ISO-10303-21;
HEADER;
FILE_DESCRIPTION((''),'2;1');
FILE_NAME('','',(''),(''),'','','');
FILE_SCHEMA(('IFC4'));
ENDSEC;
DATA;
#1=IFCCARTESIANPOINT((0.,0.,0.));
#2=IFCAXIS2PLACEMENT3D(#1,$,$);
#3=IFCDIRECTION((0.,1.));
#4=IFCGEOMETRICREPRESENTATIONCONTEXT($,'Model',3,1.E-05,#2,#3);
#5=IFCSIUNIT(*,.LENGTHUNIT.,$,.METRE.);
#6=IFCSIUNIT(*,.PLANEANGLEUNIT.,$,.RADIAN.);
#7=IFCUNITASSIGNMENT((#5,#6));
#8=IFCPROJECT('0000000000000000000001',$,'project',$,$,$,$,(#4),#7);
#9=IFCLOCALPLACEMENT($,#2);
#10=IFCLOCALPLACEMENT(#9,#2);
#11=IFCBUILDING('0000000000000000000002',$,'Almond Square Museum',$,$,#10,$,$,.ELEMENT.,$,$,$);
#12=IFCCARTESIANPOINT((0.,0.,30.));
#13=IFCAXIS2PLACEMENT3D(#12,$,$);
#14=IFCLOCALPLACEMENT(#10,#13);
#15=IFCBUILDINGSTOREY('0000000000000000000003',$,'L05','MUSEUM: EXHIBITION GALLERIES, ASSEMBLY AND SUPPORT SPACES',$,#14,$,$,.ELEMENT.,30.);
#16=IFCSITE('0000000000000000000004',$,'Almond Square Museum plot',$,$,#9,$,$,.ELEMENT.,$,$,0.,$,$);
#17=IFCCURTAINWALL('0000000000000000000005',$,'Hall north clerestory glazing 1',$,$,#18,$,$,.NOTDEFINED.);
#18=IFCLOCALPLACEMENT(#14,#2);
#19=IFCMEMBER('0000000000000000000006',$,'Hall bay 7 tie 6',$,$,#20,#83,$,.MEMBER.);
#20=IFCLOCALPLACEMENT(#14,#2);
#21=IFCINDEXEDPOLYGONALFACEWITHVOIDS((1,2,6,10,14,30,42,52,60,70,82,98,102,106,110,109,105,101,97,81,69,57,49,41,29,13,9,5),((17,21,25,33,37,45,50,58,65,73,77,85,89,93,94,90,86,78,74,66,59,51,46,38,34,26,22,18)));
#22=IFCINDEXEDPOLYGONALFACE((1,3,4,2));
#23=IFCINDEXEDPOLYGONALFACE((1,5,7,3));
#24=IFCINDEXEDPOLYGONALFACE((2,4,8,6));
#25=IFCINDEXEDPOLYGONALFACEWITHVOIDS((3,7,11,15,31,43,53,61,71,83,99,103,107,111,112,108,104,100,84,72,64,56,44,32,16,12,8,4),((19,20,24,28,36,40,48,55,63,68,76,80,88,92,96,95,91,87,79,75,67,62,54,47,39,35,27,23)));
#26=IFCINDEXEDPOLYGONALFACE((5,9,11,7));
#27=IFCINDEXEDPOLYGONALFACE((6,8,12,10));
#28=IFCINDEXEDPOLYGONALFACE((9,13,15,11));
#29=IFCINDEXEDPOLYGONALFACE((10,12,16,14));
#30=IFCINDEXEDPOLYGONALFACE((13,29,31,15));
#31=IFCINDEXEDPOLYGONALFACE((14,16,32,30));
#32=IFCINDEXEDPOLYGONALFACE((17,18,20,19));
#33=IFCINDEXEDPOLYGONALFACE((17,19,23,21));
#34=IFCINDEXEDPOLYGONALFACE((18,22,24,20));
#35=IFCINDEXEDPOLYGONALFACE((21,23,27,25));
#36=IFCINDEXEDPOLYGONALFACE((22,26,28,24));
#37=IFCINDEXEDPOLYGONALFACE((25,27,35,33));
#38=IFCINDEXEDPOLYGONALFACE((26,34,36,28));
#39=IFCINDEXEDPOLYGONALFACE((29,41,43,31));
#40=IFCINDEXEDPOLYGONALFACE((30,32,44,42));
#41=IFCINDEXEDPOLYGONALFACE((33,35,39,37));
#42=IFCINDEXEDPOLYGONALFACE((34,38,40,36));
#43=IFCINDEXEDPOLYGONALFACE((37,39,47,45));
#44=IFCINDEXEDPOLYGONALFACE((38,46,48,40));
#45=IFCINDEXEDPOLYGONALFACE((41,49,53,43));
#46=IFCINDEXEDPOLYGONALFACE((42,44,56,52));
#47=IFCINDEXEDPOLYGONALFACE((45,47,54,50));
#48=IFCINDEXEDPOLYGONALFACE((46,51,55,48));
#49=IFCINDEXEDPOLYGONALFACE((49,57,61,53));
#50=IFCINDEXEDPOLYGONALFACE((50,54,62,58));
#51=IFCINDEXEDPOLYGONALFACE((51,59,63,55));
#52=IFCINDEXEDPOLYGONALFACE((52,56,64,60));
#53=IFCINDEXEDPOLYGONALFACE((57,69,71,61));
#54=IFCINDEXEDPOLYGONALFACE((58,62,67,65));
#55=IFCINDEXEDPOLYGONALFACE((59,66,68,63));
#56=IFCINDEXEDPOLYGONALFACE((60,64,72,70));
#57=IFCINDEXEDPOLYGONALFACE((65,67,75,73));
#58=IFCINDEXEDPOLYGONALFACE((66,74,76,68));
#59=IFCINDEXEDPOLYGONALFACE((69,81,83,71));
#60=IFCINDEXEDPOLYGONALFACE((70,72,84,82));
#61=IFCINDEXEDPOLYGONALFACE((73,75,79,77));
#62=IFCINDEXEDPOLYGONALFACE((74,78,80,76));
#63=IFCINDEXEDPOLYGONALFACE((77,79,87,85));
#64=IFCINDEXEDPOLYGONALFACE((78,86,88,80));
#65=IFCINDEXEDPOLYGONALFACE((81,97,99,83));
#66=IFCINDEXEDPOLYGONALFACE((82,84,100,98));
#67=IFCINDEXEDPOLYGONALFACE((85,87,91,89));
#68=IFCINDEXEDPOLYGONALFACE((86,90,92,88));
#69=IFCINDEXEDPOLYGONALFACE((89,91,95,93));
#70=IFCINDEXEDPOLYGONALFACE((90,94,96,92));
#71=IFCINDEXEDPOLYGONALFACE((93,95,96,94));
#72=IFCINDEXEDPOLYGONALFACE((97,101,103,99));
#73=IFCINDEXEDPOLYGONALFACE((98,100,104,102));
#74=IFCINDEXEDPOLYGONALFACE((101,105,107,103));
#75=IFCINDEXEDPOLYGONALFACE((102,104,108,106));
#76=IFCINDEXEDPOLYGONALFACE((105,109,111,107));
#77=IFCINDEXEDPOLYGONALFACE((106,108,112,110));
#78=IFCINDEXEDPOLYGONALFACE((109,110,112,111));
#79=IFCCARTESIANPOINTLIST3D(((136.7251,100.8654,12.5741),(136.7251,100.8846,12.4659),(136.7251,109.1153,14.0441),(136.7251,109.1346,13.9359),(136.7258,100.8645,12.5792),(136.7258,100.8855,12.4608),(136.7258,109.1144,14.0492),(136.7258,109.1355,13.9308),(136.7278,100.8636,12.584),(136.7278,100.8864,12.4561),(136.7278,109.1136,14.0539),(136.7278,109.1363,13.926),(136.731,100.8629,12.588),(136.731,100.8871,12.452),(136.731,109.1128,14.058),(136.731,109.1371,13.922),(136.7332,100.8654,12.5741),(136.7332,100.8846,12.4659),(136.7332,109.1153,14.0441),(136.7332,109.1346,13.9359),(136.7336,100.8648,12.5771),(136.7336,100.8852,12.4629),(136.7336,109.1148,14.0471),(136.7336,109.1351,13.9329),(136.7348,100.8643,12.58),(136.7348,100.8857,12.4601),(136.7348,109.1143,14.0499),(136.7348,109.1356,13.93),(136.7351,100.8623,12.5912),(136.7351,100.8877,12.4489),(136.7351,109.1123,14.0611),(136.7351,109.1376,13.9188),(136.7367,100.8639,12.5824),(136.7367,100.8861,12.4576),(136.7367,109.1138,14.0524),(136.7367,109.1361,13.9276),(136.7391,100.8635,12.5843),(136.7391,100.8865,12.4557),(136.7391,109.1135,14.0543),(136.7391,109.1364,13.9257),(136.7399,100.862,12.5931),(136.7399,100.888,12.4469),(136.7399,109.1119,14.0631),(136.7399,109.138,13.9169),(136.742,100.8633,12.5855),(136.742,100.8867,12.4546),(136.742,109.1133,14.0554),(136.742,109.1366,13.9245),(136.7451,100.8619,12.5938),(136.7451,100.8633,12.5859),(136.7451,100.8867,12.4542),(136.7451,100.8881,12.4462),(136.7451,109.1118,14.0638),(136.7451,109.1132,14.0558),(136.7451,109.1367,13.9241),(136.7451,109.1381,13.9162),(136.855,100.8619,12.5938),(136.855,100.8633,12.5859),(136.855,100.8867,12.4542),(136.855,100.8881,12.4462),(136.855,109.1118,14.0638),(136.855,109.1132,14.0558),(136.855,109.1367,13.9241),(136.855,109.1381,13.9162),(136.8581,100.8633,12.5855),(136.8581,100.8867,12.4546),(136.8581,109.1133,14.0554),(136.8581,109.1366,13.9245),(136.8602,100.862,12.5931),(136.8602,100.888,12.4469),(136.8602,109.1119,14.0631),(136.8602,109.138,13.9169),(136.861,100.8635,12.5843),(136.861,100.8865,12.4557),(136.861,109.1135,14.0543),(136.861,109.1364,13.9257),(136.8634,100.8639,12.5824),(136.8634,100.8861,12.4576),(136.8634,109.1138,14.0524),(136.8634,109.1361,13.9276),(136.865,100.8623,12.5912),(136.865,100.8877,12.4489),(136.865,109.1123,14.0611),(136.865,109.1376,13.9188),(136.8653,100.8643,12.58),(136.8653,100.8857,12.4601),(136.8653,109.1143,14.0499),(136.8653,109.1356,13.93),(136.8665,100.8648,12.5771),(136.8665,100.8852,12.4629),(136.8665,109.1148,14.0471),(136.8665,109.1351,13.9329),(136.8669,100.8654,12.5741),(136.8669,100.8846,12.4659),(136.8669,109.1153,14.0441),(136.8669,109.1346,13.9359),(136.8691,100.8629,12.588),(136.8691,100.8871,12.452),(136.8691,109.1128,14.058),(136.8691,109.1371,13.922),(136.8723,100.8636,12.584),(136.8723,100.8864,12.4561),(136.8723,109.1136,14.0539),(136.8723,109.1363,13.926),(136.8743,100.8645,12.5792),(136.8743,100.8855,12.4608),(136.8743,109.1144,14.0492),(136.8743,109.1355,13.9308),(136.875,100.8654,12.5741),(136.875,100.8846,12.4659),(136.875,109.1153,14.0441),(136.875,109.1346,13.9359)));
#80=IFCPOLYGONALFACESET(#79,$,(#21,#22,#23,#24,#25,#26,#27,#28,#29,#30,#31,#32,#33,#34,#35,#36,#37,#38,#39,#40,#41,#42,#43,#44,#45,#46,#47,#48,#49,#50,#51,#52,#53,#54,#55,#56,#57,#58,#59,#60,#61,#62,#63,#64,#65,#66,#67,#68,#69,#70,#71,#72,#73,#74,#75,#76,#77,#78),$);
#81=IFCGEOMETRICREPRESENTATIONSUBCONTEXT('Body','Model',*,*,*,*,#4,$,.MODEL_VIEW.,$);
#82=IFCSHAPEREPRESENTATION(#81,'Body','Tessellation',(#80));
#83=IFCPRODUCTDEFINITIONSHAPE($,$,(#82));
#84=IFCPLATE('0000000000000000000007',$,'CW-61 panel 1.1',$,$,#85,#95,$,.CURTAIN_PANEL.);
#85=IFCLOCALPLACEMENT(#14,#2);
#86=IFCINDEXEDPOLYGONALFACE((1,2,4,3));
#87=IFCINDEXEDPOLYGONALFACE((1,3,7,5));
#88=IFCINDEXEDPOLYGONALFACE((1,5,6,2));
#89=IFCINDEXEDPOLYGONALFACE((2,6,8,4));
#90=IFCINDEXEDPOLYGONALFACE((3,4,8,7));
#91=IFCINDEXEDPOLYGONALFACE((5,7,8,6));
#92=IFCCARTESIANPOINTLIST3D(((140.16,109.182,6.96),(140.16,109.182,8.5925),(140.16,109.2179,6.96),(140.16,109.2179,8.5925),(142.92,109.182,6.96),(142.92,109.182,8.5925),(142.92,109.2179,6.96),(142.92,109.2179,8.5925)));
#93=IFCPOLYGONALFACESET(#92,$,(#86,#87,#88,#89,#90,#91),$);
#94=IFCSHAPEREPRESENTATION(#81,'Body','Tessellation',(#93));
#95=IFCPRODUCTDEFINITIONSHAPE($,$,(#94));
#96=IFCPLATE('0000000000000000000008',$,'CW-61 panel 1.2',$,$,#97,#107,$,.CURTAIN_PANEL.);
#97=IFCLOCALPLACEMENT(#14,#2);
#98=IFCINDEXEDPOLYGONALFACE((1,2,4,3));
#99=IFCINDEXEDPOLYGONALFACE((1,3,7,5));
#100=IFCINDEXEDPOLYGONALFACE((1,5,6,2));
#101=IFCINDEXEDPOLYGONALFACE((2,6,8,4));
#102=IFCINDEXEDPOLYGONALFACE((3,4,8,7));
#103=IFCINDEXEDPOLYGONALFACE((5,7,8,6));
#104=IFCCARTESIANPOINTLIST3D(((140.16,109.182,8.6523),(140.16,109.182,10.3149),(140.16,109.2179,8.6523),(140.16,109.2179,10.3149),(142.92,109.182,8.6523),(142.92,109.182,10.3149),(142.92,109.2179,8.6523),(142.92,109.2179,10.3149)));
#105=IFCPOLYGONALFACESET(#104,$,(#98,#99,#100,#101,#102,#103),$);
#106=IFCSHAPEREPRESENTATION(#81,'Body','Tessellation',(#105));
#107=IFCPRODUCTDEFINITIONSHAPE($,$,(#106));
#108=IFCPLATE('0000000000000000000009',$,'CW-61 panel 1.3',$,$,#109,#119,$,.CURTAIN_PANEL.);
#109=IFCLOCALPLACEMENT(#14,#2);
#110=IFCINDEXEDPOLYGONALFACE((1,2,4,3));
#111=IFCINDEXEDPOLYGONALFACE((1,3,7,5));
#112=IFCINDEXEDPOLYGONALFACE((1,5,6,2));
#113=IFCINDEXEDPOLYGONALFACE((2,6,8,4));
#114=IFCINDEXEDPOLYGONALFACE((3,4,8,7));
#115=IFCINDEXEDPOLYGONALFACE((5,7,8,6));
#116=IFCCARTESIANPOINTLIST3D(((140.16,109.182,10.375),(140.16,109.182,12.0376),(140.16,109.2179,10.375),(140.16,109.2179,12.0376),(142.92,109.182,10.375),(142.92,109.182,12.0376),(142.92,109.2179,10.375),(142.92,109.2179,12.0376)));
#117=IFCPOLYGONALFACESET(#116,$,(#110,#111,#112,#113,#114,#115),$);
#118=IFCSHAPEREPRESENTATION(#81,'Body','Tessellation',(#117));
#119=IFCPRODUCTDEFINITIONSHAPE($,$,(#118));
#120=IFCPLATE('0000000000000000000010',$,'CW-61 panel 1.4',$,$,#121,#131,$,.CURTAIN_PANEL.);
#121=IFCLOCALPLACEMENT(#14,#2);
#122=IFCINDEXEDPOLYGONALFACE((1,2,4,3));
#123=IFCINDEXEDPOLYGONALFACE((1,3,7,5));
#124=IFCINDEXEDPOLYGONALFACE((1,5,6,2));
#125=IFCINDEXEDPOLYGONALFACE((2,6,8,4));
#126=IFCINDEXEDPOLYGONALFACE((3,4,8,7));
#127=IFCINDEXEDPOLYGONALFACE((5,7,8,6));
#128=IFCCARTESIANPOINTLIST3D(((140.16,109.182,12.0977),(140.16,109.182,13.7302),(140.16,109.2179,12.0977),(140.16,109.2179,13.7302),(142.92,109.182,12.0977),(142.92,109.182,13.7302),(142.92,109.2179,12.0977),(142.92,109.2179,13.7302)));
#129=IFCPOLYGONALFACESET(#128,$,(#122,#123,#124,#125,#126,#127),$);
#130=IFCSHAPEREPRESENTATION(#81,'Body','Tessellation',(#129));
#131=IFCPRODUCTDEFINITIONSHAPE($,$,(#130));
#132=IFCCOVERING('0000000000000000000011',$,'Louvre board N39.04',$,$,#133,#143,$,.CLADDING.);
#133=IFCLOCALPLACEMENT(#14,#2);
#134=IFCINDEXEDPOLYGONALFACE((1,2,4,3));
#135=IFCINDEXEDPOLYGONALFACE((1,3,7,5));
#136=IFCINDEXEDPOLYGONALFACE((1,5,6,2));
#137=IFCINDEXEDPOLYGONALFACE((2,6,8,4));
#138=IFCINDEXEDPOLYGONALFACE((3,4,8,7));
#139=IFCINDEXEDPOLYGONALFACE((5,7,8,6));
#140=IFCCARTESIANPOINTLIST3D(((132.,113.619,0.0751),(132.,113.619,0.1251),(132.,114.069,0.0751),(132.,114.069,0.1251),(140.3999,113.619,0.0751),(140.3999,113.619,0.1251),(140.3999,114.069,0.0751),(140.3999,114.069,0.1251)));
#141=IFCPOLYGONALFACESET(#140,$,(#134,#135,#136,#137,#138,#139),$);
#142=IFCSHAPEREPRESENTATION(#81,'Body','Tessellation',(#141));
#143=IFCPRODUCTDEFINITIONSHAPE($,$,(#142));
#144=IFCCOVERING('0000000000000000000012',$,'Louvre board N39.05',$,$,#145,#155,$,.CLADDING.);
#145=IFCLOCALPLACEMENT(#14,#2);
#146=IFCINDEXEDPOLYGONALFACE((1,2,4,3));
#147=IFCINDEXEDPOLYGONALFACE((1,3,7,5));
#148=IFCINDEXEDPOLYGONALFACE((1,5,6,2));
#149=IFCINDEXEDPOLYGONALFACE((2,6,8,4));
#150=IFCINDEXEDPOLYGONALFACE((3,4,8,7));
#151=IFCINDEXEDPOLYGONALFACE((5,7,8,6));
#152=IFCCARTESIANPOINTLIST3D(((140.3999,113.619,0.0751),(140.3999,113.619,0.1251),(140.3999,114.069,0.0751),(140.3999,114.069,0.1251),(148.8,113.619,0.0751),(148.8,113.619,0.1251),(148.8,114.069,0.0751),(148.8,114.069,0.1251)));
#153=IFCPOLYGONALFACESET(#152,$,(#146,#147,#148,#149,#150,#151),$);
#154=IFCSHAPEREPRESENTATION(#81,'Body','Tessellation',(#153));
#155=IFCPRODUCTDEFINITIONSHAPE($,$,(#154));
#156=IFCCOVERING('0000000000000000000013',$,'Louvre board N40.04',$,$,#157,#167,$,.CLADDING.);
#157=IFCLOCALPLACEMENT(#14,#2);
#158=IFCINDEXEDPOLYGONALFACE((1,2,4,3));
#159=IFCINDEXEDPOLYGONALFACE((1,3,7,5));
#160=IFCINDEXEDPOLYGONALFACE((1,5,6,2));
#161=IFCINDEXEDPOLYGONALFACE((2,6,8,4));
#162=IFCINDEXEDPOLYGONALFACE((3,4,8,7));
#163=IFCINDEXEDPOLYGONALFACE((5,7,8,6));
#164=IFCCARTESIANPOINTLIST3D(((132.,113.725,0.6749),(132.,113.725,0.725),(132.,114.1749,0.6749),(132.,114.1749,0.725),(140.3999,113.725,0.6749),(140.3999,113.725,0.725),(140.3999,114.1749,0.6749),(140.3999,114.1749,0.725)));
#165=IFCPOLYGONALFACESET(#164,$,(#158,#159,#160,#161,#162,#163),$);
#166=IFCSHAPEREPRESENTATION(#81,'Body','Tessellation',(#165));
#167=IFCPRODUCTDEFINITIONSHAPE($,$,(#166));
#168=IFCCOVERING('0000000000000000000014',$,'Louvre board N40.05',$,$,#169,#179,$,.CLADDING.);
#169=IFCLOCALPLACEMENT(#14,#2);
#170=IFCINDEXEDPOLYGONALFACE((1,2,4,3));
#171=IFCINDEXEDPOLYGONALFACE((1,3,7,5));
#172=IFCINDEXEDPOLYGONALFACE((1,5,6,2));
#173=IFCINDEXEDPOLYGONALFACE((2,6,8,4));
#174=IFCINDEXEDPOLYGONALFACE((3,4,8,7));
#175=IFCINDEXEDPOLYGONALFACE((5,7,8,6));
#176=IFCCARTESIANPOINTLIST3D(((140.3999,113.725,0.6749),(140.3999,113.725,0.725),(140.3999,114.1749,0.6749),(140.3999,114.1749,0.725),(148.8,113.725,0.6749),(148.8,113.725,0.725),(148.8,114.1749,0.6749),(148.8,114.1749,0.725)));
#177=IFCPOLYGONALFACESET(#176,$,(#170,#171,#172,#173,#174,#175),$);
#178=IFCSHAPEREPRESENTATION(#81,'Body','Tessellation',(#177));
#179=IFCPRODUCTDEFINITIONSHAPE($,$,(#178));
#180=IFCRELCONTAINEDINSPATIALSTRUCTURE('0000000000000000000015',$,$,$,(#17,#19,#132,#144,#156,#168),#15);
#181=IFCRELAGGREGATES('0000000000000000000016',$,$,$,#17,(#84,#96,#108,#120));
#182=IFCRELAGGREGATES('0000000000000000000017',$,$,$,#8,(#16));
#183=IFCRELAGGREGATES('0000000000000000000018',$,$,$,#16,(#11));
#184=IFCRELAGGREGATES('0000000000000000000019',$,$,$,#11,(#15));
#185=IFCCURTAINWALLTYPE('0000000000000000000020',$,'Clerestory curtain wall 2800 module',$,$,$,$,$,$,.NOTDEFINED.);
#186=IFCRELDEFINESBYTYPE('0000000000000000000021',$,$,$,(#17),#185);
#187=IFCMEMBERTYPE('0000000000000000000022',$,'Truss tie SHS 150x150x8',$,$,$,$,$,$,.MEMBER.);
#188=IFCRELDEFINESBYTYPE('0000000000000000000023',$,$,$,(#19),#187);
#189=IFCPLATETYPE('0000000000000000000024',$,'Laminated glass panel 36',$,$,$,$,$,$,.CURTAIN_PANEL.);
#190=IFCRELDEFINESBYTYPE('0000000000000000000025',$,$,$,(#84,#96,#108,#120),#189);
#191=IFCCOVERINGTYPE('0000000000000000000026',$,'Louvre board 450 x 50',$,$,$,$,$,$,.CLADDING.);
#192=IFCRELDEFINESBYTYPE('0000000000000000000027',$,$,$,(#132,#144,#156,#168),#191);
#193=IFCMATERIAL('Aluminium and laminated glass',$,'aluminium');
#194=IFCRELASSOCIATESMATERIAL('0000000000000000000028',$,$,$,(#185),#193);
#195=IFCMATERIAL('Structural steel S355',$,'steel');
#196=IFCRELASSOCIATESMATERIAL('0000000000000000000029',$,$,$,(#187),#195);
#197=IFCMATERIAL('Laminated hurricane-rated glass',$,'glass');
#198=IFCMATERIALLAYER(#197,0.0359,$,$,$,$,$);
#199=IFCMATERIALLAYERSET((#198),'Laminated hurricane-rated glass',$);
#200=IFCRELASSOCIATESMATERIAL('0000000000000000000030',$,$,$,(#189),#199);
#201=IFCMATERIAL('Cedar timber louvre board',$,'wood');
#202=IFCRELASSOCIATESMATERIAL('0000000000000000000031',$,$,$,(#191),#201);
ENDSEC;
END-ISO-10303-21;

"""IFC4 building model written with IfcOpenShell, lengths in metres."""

from ifc_helpers import new_model, si_unit, direction, frame, origin, origin_2d, place, context, subcontext, project, spatial, rectangle, hollow_rectangle, extrude, material, layer, layer_set, material_profile, profile_set, type_object, element, aggregate, save


model = new_model("IFC4")

# Units and contexts
model_context = context("Model", 3, precision=1e-05, world=origin(), true_north=direction((0.0, 1.0)))
body_context = subcontext(model_context, "Body", "Model", "MODEL_VIEW")
ifc_project = project(units=[si_unit("LENGTHUNIT", "METRE"), si_unit("PLANEANGLEUNIT", "RADIAN")], contexts=[model_context])

# Site, building, storey
site_placement = place(None, origin())
site = spatial("IfcSite", under=ifc_project, at=site_placement, Name="Almond Square Museum plot", CompositionType="ELEMENT", RefElevation=0.0)
building_placement = place(site_placement, origin())
building = spatial("IfcBuilding", under=site, at=building_placement, Name="Almond Square Museum", CompositionType="ELEMENT")
storey_placement = place(building_placement, frame((0.0, 0.0, 30.0)))
storey = spatial("IfcBuildingStorey", under=building, at=storey_placement, Name="L05", Description="MUSEUM: EXHIBITION GALLERIES, ASSEMBLY AND SUPPORT SPACES", CompositionType="ELEMENT", Elevation=30.0)

# Curtain wall
ifc_material_1 = material(Name="Aluminium and laminated glass", Category="aluminium")
curtain_wall_type = type_object("IfcCurtainWallType", Name="Clerestory curtain wall 2800 module", PredefinedType="NOTDEFINED", material=ifc_material_1)
curtain_wall_placement = place(storey_placement, origin())
curtain_wall = element("IfcCurtainWall", 1, at=curtain_wall_placement, inside=storey, type_object=curtain_wall_type, Name="Hall north clerestory glazing 1", PredefinedType="NOTDEFINED")

# Member
ifc_material_2 = material(Name="Structural steel S355", Category="steel")
ifc_material_profile_1 = material_profile(ifc_material_2, hollow_rectangle(XDim=0.1499, YDim=0.1499, WallThickness=0.0081, InnerFilletRadius=0.012, OuterFilletRadius=0.02, at=origin_2d()))
ifc_profile_set_1 = profile_set([ifc_material_profile_1], Name="Structural steel S355")
member_type_1 = type_object("IfcMemberType", Name="Truss tie SHS 150x150x8", PredefinedType="MEMBER", material=ifc_profile_set_1)
member_1_placement = place(storey_placement, frame((136.8, 100.875, 12.52), z_axis=(0.0, 0.984494, 0.175416), x_axis=(-1.0, 0.0, 0.0)))
element("IfcMember", 2, at=member_1_placement, inside=storey, type_object=member_type_1, Name="Hall bay 7 tie 6", PredefinedType="MEMBER", context=body_context, shape_type="SweptSolid", body=[
    extrude(hollow_rectangle(XDim=0.1499, YDim=0.1499, WallThickness=0.0081, InnerFilletRadius=0.012, OuterFilletRadius=0.02, at=origin_2d()), origin(), (0.0, 0.0, 1.0), 8.3799),
])

# Plates
ifc_material_3 = material(Name="Laminated hurricane-rated glass", Category="glass")
ifc_layer = layer(ifc_material_3, 0.0359)
ifc_layer_set = layer_set([ifc_layer], Name="Laminated hurricane-rated glass")
plate_type = type_object("IfcPlateType", Name="Laminated glass panel 36", PredefinedType="CURTAIN_PANEL", material=ifc_layer_set)
plate_1_placement = place(storey_placement, frame((141.54, 109.2, 6.96), z_axis=(0.0, 0.0, 1.0), x_axis=(1.0, 0.0, 0.0)))
plate_1 = element("IfcPlate", 3, at=plate_1_placement, type_object=plate_type, Name="CW-61 panel 1.1", PredefinedType="CURTAIN_PANEL", context=body_context, shape_type="SweptSolid", body=[
    extrude(rectangle(XDim=2.76, YDim=0.0359, at=origin_2d()), origin(), (0.0, 0.0, 1.0), 1.6326),
])
plate_2_placement = place(storey_placement, frame((141.54, 109.2, 8.6523), z_axis=(0.0, 0.0, 1.0), x_axis=(1.0, 0.0, 0.0)))
plate_2 = element("IfcPlate", 4, at=plate_2_placement, type_object=plate_type, Name="CW-61 panel 1.2", PredefinedType="CURTAIN_PANEL", context=body_context, shape_type="SweptSolid", body=[
    extrude(rectangle(XDim=2.76, YDim=0.0359, at=origin_2d()), origin(), (0.0, 0.0, 1.0), 1.6626),
])
plate_3_placement = place(storey_placement, frame((141.54, 109.2, 10.375), z_axis=(0.0, 0.0, 1.0), x_axis=(1.0, 0.0, 0.0)))
plate_3 = element("IfcPlate", 5, at=plate_3_placement, type_object=plate_type, Name="CW-61 panel 1.3", PredefinedType="CURTAIN_PANEL", context=body_context, shape_type="SweptSolid", body=[
    extrude(rectangle(XDim=2.76, YDim=0.0359, at=origin_2d()), origin(), (0.0, 0.0, 1.0), 1.6626),
])
plate_4_placement = place(storey_placement, frame((141.54, 109.2, 12.0977), z_axis=(0.0, 0.0, 1.0), x_axis=(1.0, 0.0, 0.0)))
plate_4 = element("IfcPlate", 6, at=plate_4_placement, type_object=plate_type, Name="CW-61 panel 1.4", PredefinedType="CURTAIN_PANEL", context=body_context, shape_type="SweptSolid", body=[
    extrude(rectangle(XDim=2.76, YDim=0.0359, at=origin_2d()), origin(), (0.0, 0.0, 1.0), 1.6326),
])
aggregate(curtain_wall, [plate_1, plate_2, plate_3, plate_4])

# Coverings
ifc_material_4 = material(Name="Cedar timber louvre board", Category="wood")
ifc_material_profile_2 = material_profile(ifc_material_4, rectangle(XDim=0.45, YDim=0.05, at=origin_2d()))
ifc_profile_set_2 = profile_set([ifc_material_profile_2], Name="Cedar timber louvre board")
covering_type = type_object("IfcCoveringType", Name="Louvre board 450 x 50", PredefinedType="CLADDING", material=ifc_profile_set_2)
covering_1_placement = place(storey_placement, frame((132.0, 113.844, 0.1001), z_axis=(1.0, 0.0, 0.0), x_axis=(0.0, 1.0, 0.0)))
element("IfcCovering", 7, at=covering_1_placement, inside=storey, type_object=covering_type, Name="Louvre board N39.04", PredefinedType="CLADDING", context=body_context, shape_type="SweptSolid", body=[
    extrude(rectangle(XDim=0.45, YDim=0.05, at=origin_2d()), origin(), (0.0, 0.0, 1.0), 8.3999),
])
covering_2_placement = place(storey_placement, frame((140.3999, 113.844, 0.1001), z_axis=(1.0, 0.0, 0.0), x_axis=(0.0, 1.0, 0.0)))
element("IfcCovering", 8, at=covering_2_placement, inside=storey, type_object=covering_type, Name="Louvre board N39.05", PredefinedType="CLADDING", context=body_context, shape_type="SweptSolid", body=[
    extrude(rectangle(XDim=0.45, YDim=0.05, at=origin_2d()), origin(), (0.0, 0.0, 1.0), 8.4001),
])
covering_3_placement = place(storey_placement, frame((132.0, 113.95, 0.7), z_axis=(1.0, 0.0, 0.0), x_axis=(0.0, 1.0, 0.0)))
element("IfcCovering", 9, at=covering_3_placement, inside=storey, type_object=covering_type, Name="Louvre board N40.04", PredefinedType="CLADDING", context=body_context, shape_type="SweptSolid", body=[
    extrude(rectangle(XDim=0.45, YDim=0.05, at=origin_2d()), origin(), (0.0, 0.0, 1.0), 8.3999),
])
covering_4_placement = place(storey_placement, frame((140.3999, 113.95, 0.7), z_axis=(1.0, 0.0, 0.0), x_axis=(0.0, 1.0, 0.0)))
element("IfcCovering", 10, at=covering_4_placement, inside=storey, type_object=covering_type, Name="Louvre board N40.05", PredefinedType="CLADDING", context=body_context, shape_type="SweptSolid", body=[
    extrude(rectangle(XDim=0.45, YDim=0.05, at=origin_2d()), origin(), (0.0, 0.0, 1.0), 8.4001),
])

save(model, "model.ifc")
